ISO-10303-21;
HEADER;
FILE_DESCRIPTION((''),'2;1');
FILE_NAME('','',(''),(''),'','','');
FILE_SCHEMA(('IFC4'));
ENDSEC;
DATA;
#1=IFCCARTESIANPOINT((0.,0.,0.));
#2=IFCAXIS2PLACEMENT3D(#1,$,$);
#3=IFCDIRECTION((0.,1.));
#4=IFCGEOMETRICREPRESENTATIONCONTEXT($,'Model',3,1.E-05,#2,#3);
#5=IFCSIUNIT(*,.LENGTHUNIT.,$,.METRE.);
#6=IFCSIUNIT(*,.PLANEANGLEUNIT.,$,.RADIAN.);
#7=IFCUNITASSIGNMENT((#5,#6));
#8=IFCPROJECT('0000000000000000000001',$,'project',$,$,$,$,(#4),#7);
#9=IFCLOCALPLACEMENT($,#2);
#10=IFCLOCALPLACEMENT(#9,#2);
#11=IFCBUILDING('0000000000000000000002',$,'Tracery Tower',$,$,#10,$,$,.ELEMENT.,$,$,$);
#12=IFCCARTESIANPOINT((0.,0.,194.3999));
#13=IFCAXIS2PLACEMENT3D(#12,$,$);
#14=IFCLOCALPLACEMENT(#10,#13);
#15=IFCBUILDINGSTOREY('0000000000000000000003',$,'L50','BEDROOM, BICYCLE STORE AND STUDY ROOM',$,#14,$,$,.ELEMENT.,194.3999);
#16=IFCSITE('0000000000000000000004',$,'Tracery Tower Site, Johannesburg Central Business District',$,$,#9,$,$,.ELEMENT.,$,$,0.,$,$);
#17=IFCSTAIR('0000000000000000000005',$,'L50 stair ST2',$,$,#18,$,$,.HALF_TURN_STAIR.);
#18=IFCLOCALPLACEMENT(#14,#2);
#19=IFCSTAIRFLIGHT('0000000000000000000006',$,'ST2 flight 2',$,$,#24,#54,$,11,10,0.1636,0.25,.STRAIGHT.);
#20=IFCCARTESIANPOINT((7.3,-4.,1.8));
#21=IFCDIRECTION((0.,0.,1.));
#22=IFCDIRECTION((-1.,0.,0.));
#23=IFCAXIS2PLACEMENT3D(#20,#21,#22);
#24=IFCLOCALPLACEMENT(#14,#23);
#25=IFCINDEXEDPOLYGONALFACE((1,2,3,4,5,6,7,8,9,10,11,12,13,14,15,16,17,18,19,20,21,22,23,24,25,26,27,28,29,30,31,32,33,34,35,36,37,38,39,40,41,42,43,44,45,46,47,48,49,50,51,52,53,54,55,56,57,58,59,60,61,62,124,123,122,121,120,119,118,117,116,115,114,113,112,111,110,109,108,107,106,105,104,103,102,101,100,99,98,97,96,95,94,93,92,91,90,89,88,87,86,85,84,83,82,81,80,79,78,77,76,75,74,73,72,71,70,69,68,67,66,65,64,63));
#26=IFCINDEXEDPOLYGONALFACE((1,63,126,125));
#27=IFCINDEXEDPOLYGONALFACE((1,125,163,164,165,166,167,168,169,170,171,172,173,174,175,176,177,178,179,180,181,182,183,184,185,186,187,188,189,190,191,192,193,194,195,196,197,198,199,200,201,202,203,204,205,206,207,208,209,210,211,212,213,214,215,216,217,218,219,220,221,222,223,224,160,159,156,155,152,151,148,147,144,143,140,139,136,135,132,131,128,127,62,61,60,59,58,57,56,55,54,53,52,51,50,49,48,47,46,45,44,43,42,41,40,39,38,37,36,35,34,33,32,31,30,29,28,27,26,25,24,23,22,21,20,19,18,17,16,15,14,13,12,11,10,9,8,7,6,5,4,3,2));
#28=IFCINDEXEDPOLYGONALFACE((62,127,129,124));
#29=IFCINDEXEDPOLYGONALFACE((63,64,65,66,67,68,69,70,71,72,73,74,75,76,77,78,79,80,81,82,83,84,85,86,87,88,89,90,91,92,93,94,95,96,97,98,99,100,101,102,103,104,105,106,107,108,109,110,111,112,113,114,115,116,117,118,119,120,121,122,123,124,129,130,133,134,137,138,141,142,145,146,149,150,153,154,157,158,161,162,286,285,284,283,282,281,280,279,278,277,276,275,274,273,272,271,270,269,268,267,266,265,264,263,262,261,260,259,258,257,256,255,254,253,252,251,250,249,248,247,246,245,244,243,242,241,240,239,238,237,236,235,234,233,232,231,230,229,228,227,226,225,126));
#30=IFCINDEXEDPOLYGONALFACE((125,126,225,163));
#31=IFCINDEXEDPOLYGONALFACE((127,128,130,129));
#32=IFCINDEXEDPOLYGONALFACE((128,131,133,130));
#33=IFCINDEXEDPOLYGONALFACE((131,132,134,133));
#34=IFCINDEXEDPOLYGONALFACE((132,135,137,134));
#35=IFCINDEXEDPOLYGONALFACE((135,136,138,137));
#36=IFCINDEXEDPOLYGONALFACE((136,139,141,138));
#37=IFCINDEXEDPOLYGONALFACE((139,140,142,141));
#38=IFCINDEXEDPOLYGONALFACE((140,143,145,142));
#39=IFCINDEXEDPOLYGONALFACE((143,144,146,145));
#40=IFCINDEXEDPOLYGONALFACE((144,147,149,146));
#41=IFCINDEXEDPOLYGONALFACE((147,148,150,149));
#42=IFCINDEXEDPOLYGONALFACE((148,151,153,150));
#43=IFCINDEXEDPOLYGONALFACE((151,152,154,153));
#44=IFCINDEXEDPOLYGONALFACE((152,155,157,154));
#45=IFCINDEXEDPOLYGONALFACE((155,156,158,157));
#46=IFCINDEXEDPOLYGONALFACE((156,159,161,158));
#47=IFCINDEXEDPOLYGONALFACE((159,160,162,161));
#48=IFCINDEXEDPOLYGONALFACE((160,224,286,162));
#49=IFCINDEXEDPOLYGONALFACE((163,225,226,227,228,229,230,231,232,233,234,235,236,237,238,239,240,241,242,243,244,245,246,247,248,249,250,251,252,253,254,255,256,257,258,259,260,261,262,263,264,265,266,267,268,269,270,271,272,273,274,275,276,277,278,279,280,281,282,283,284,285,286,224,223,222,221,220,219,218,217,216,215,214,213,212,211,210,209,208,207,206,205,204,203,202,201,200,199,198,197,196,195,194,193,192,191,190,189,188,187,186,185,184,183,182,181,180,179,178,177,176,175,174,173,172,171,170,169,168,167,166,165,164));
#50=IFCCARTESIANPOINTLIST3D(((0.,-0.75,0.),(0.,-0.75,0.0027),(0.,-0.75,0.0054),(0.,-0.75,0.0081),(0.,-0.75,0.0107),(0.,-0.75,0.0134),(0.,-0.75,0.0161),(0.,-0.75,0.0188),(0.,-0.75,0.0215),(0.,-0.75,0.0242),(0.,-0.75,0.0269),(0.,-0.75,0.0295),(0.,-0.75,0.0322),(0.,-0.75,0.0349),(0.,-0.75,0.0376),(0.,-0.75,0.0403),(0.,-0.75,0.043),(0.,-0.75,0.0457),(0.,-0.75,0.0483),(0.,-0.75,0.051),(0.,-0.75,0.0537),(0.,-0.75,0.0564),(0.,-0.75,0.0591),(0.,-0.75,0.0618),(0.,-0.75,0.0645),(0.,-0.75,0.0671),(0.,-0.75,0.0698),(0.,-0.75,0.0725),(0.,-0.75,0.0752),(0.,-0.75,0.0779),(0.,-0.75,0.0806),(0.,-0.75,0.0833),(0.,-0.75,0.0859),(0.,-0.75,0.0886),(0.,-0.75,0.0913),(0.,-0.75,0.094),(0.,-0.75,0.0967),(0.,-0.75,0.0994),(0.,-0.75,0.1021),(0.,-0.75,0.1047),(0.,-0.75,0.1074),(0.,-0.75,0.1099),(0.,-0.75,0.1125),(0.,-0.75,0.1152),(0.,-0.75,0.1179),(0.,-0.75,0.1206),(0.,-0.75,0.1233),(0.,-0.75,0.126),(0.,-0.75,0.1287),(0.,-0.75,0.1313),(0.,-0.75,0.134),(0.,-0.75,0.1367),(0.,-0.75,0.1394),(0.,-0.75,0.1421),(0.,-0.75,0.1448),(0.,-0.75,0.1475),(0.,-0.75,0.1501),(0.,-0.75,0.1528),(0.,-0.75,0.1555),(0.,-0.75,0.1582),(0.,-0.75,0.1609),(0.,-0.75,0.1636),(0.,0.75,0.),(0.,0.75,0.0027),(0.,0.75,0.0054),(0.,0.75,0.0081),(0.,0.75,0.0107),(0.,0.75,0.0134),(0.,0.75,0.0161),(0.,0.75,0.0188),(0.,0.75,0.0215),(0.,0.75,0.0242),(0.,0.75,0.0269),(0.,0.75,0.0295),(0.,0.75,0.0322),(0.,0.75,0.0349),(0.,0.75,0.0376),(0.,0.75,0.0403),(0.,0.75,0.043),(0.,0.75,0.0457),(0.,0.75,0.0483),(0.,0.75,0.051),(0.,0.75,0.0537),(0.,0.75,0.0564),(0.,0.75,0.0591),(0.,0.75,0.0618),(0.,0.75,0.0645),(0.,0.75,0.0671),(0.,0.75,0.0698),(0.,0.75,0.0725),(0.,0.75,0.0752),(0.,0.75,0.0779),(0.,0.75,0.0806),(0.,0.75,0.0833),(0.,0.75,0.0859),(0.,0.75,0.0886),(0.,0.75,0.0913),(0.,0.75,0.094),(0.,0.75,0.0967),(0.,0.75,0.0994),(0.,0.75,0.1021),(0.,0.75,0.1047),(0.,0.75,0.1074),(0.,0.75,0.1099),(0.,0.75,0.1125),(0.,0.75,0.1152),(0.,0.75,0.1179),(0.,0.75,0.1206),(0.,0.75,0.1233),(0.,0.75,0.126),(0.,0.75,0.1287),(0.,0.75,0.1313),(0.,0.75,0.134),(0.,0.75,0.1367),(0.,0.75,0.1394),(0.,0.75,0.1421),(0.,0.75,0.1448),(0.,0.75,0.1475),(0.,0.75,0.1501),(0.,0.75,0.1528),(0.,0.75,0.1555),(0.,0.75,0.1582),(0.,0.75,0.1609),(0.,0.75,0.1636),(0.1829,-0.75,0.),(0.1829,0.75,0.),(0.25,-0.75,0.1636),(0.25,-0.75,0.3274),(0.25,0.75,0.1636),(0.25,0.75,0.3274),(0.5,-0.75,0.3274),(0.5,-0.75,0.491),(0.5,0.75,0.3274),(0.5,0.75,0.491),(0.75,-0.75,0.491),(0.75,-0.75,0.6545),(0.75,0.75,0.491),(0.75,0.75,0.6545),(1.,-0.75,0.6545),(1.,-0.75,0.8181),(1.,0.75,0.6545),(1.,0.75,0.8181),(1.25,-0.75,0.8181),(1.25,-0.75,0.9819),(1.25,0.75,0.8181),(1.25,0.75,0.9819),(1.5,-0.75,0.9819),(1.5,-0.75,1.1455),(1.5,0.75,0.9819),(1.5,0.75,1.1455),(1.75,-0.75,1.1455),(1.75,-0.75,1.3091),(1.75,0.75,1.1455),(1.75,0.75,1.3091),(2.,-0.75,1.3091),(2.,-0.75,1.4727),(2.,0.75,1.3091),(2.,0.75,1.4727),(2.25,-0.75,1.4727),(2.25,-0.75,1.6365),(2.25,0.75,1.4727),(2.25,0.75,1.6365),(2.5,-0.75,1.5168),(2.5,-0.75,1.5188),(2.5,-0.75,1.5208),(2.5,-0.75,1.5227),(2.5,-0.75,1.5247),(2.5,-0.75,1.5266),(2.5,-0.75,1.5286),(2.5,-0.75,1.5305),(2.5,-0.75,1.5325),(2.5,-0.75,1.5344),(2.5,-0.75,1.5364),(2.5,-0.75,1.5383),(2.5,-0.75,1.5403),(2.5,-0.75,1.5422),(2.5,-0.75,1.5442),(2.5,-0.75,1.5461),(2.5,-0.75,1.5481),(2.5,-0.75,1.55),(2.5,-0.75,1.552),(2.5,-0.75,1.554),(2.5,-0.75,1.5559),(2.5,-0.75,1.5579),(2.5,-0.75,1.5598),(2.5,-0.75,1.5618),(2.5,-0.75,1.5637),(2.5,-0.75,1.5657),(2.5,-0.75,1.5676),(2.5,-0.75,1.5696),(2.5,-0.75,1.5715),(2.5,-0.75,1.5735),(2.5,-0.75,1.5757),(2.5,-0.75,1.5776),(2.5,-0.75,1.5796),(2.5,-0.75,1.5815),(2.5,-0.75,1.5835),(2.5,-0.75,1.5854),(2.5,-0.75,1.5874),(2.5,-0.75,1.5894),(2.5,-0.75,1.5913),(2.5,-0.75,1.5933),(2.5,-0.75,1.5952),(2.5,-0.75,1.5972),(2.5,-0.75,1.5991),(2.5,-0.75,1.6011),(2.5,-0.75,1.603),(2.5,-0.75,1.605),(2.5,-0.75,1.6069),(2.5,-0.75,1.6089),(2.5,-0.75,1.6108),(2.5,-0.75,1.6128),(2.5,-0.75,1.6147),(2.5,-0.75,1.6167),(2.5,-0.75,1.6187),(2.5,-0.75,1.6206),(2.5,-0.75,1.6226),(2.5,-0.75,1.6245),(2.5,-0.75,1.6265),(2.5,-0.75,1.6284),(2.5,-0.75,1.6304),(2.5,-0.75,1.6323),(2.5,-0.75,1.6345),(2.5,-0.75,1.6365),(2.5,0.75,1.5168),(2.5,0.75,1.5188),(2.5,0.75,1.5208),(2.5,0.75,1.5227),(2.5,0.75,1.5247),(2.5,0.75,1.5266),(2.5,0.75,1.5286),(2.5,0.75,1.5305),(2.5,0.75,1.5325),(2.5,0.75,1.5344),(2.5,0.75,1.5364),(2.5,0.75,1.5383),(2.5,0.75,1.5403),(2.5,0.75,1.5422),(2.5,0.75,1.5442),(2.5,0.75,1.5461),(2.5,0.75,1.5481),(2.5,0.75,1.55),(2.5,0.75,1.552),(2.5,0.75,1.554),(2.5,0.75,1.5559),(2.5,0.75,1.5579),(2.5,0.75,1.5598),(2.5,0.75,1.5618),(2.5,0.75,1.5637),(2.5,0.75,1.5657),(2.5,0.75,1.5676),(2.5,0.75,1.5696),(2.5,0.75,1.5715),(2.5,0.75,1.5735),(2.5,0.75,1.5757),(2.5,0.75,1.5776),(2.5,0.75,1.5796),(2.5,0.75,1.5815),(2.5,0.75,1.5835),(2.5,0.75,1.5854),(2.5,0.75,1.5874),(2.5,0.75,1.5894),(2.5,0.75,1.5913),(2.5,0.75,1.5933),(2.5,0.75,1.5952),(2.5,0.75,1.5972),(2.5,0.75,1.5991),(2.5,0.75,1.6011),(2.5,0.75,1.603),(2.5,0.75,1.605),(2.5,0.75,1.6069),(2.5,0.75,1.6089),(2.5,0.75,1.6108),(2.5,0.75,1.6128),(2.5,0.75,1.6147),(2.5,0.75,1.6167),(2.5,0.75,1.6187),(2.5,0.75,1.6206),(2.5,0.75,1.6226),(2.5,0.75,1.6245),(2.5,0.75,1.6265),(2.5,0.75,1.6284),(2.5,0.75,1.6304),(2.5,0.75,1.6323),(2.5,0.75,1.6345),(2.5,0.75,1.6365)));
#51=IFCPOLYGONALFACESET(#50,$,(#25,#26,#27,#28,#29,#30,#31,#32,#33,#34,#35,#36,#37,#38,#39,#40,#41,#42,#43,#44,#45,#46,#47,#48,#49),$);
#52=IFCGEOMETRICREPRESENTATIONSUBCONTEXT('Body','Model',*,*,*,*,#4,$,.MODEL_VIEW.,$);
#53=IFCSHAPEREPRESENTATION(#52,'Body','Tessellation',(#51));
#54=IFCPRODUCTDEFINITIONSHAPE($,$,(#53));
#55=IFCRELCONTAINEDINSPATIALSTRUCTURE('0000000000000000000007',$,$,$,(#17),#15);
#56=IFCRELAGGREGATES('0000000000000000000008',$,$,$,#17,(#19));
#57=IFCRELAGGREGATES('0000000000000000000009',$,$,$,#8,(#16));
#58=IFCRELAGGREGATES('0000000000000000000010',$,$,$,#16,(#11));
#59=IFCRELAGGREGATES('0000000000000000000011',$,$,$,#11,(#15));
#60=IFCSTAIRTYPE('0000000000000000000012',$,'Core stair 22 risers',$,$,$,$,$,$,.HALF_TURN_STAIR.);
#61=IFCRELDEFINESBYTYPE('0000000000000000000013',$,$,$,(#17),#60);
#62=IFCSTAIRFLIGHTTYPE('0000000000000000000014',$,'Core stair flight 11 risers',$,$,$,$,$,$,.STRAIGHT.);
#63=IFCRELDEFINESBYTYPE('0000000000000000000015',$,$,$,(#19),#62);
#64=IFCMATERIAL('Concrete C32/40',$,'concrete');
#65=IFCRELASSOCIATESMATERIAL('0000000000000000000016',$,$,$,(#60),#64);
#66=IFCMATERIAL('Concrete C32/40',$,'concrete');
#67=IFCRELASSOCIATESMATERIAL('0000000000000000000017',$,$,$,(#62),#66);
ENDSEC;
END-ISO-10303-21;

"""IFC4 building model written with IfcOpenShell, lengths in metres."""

from ifc_helpers import new_model, si_unit, direction, frame, origin, place, context, subcontext, project, spatial, polyline, outline, extrude, material, type_object, element, aggregate, save


model = new_model("IFC4")

# Units and contexts
model_context = context("Model", 3, precision=1e-05, world=origin(), true_north=direction((0.0, 1.0)))
body_context = subcontext(model_context, "Body", "Model", "MODEL_VIEW")
ifc_project = project(units=[si_unit("LENGTHUNIT", "METRE"), si_unit("PLANEANGLEUNIT", "RADIAN")], contexts=[model_context])

# Site, building, storey
site_placement = place(None, origin())
site = spatial("IfcSite", under=ifc_project, at=site_placement, Name="Tracery Tower Site, Johannesburg Central Business District", CompositionType="ELEMENT", RefElevation=0.0)
building_placement = place(site_placement, origin())
building = spatial("IfcBuilding", under=site, at=building_placement, Name="Tracery Tower", CompositionType="ELEMENT")
storey_placement = place(building_placement, frame((0.0, 0.0, 194.3999)))
storey = spatial("IfcBuildingStorey", under=building, at=storey_placement, Name="L50", Description="BEDROOM, BICYCLE STORE AND STUDY ROOM", CompositionType="ELEMENT", Elevation=194.3999)

# Stair, stair flight
ifc_material_1 = material(Name="Concrete C32/40", Category="concrete")
stair_type = type_object("IfcStairType", Name="Core stair 22 risers", PredefinedType="HALF_TURN_STAIR", material=ifc_material_1)
stair_placement = place(storey_placement, origin())
stair = element("IfcStair", 1, at=stair_placement, inside=storey, type_object=stair_type, Name="L50 stair ST2", PredefinedType="HALF_TURN_STAIR")
ifc_material_2 = material(Name="Concrete C32/40", Category="concrete")
stair_flight_type = type_object("IfcStairFlightType", Name="Core stair flight 11 risers", PredefinedType="STRAIGHT", material=ifc_material_2)
stair_flight_1_placement = place(storey_placement, frame((7.3, -4.0, 1.8), z_axis=(0.0, 0.0, 1.0), x_axis=(-1.0, 0.0, 0.0)))
stair_flight_1 = element("IfcStairFlight", 2, at=stair_flight_1_placement, type_object=stair_flight_type, Name="ST2 flight 2", NumberOfRisers=11, NumberOfTreads=10, PredefinedType="STRAIGHT", RiserHeight=0.1636, TreadLength=0.25, context=body_context, shape_type="SweptSolid", body=[
    extrude(outline(polyline([(0.0, 0.0), (0.0, 0.0027), (0.0, 0.0054), (0.0, 0.0081), (0.0, 0.0107), (0.0, 0.0134), (0.0, 0.0161), (0.0, 0.0188), (0.0, 0.0215), (0.0, 0.0242), (0.0, 0.0269), (0.0, 0.0295), (0.0, 0.0322), (0.0, 0.0349), (0.0, 0.0376), (0.0, 0.0403), (0.0, 0.043), (0.0, 0.0457), (0.0, 0.0483), (0.0, 0.051), (0.0, 0.0537), (0.0, 0.0564), (0.0, 0.0591), (0.0, 0.0618), (0.0, 0.0645), (0.0, 0.0671), (0.0, 0.0698), (0.0, 0.0725), (0.0, 0.0752), (0.0, 0.0779), (0.0, 0.0806), (0.0, 0.0833), (0.0, 0.0859), (0.0, 0.0886), (0.0, 0.0913), (0.0, 0.094), (0.0, 0.0967), (0.0, 0.0994), (0.0, 0.1021), (0.0, 0.1047), (0.0, 0.1074), (0.0, 0.1099), (0.0, 0.1125), (0.0, 0.1152), (0.0, 0.1179), (0.0, 0.1206), (0.0, 0.1233), (0.0, 0.126), (0.0, 0.1287), (0.0, 0.1313), (0.0, 0.134), (0.0, 0.1367), (0.0, 0.1394), (0.0, 0.1421), (0.0, 0.1448), (0.0, 0.1475), (0.0, 0.1501), (0.0, 0.1528), (0.0, 0.1555), (0.0, 0.1582), (0.0, 0.1609), (0.0, 0.1636), (0.25, 0.1636), (0.25, 0.3274), (0.5, 0.3274), (0.5, 0.491), (0.75, 0.491), (0.75, 0.6545), (1.0, 0.6545), (1.0, 0.8181), (1.25, 0.8181), (1.25, 0.9819), (1.5, 0.9819), (1.5, 1.1455), (1.75, 1.1455), (1.75, 1.3091), (2.0, 1.3091), (2.0, 1.4727), (2.25, 1.4727), (2.25, 1.6365), (2.5, 1.6365), (2.5, 1.6345), (2.5, 1.6323), (2.5, 1.6304), (2.5, 1.6284), (2.5, 1.6265), (2.5, 1.6245), (2.5, 1.6226), (2.5, 1.6206), (2.5, 1.6187), (2.5, 1.6167), (2.5, 1.6147), (2.5, 1.6128), (2.5, 1.6108), (2.5, 1.6089), (2.5, 1.6069), (2.5, 1.605), (2.5, 1.603), (2.5, 1.6011), (2.5, 1.5991), (2.5, 1.5972), (2.5, 1.5952), (2.5, 1.5933), (2.5, 1.5913), (2.5, 1.5894), (2.5, 1.5874), (2.5, 1.5854), (2.5, 1.5835), (2.5, 1.5815), (2.5, 1.5796), (2.5, 1.5776), (2.5, 1.5757), (2.5, 1.5735), (2.5, 1.5715), (2.5, 1.5696), (2.5, 1.5676), (2.5, 1.5657), (2.5, 1.5637), (2.5, 1.5618), (2.5, 1.5598), (2.5, 1.5579), (2.5, 1.5559), (2.5, 1.554), (2.5, 1.552), (2.5, 1.55), (2.5, 1.5481), (2.5, 1.5461), (2.5, 1.5442), (2.5, 1.5422), (2.5, 1.5403), (2.5, 1.5383), (2.5, 1.5364), (2.5, 1.5344), (2.5, 1.5325), (2.5, 1.5305), (2.5, 1.5286), (2.5, 1.5266), (2.5, 1.5247), (2.5, 1.5227), (2.5, 1.5208), (2.5, 1.5188), (2.5, 1.5168), (0.1829, 0.0), (0.0, 0.0)])), frame((0.0, 0.75, 0.0), z_axis=(0.0, -1.0, 0.0), x_axis=(1.0, 0.0, 0.0)), (0.0, 0.0, 1.0), 1.5),
])
aggregate(stair, [stair_flight_1])

save(model, "model.ifc")
